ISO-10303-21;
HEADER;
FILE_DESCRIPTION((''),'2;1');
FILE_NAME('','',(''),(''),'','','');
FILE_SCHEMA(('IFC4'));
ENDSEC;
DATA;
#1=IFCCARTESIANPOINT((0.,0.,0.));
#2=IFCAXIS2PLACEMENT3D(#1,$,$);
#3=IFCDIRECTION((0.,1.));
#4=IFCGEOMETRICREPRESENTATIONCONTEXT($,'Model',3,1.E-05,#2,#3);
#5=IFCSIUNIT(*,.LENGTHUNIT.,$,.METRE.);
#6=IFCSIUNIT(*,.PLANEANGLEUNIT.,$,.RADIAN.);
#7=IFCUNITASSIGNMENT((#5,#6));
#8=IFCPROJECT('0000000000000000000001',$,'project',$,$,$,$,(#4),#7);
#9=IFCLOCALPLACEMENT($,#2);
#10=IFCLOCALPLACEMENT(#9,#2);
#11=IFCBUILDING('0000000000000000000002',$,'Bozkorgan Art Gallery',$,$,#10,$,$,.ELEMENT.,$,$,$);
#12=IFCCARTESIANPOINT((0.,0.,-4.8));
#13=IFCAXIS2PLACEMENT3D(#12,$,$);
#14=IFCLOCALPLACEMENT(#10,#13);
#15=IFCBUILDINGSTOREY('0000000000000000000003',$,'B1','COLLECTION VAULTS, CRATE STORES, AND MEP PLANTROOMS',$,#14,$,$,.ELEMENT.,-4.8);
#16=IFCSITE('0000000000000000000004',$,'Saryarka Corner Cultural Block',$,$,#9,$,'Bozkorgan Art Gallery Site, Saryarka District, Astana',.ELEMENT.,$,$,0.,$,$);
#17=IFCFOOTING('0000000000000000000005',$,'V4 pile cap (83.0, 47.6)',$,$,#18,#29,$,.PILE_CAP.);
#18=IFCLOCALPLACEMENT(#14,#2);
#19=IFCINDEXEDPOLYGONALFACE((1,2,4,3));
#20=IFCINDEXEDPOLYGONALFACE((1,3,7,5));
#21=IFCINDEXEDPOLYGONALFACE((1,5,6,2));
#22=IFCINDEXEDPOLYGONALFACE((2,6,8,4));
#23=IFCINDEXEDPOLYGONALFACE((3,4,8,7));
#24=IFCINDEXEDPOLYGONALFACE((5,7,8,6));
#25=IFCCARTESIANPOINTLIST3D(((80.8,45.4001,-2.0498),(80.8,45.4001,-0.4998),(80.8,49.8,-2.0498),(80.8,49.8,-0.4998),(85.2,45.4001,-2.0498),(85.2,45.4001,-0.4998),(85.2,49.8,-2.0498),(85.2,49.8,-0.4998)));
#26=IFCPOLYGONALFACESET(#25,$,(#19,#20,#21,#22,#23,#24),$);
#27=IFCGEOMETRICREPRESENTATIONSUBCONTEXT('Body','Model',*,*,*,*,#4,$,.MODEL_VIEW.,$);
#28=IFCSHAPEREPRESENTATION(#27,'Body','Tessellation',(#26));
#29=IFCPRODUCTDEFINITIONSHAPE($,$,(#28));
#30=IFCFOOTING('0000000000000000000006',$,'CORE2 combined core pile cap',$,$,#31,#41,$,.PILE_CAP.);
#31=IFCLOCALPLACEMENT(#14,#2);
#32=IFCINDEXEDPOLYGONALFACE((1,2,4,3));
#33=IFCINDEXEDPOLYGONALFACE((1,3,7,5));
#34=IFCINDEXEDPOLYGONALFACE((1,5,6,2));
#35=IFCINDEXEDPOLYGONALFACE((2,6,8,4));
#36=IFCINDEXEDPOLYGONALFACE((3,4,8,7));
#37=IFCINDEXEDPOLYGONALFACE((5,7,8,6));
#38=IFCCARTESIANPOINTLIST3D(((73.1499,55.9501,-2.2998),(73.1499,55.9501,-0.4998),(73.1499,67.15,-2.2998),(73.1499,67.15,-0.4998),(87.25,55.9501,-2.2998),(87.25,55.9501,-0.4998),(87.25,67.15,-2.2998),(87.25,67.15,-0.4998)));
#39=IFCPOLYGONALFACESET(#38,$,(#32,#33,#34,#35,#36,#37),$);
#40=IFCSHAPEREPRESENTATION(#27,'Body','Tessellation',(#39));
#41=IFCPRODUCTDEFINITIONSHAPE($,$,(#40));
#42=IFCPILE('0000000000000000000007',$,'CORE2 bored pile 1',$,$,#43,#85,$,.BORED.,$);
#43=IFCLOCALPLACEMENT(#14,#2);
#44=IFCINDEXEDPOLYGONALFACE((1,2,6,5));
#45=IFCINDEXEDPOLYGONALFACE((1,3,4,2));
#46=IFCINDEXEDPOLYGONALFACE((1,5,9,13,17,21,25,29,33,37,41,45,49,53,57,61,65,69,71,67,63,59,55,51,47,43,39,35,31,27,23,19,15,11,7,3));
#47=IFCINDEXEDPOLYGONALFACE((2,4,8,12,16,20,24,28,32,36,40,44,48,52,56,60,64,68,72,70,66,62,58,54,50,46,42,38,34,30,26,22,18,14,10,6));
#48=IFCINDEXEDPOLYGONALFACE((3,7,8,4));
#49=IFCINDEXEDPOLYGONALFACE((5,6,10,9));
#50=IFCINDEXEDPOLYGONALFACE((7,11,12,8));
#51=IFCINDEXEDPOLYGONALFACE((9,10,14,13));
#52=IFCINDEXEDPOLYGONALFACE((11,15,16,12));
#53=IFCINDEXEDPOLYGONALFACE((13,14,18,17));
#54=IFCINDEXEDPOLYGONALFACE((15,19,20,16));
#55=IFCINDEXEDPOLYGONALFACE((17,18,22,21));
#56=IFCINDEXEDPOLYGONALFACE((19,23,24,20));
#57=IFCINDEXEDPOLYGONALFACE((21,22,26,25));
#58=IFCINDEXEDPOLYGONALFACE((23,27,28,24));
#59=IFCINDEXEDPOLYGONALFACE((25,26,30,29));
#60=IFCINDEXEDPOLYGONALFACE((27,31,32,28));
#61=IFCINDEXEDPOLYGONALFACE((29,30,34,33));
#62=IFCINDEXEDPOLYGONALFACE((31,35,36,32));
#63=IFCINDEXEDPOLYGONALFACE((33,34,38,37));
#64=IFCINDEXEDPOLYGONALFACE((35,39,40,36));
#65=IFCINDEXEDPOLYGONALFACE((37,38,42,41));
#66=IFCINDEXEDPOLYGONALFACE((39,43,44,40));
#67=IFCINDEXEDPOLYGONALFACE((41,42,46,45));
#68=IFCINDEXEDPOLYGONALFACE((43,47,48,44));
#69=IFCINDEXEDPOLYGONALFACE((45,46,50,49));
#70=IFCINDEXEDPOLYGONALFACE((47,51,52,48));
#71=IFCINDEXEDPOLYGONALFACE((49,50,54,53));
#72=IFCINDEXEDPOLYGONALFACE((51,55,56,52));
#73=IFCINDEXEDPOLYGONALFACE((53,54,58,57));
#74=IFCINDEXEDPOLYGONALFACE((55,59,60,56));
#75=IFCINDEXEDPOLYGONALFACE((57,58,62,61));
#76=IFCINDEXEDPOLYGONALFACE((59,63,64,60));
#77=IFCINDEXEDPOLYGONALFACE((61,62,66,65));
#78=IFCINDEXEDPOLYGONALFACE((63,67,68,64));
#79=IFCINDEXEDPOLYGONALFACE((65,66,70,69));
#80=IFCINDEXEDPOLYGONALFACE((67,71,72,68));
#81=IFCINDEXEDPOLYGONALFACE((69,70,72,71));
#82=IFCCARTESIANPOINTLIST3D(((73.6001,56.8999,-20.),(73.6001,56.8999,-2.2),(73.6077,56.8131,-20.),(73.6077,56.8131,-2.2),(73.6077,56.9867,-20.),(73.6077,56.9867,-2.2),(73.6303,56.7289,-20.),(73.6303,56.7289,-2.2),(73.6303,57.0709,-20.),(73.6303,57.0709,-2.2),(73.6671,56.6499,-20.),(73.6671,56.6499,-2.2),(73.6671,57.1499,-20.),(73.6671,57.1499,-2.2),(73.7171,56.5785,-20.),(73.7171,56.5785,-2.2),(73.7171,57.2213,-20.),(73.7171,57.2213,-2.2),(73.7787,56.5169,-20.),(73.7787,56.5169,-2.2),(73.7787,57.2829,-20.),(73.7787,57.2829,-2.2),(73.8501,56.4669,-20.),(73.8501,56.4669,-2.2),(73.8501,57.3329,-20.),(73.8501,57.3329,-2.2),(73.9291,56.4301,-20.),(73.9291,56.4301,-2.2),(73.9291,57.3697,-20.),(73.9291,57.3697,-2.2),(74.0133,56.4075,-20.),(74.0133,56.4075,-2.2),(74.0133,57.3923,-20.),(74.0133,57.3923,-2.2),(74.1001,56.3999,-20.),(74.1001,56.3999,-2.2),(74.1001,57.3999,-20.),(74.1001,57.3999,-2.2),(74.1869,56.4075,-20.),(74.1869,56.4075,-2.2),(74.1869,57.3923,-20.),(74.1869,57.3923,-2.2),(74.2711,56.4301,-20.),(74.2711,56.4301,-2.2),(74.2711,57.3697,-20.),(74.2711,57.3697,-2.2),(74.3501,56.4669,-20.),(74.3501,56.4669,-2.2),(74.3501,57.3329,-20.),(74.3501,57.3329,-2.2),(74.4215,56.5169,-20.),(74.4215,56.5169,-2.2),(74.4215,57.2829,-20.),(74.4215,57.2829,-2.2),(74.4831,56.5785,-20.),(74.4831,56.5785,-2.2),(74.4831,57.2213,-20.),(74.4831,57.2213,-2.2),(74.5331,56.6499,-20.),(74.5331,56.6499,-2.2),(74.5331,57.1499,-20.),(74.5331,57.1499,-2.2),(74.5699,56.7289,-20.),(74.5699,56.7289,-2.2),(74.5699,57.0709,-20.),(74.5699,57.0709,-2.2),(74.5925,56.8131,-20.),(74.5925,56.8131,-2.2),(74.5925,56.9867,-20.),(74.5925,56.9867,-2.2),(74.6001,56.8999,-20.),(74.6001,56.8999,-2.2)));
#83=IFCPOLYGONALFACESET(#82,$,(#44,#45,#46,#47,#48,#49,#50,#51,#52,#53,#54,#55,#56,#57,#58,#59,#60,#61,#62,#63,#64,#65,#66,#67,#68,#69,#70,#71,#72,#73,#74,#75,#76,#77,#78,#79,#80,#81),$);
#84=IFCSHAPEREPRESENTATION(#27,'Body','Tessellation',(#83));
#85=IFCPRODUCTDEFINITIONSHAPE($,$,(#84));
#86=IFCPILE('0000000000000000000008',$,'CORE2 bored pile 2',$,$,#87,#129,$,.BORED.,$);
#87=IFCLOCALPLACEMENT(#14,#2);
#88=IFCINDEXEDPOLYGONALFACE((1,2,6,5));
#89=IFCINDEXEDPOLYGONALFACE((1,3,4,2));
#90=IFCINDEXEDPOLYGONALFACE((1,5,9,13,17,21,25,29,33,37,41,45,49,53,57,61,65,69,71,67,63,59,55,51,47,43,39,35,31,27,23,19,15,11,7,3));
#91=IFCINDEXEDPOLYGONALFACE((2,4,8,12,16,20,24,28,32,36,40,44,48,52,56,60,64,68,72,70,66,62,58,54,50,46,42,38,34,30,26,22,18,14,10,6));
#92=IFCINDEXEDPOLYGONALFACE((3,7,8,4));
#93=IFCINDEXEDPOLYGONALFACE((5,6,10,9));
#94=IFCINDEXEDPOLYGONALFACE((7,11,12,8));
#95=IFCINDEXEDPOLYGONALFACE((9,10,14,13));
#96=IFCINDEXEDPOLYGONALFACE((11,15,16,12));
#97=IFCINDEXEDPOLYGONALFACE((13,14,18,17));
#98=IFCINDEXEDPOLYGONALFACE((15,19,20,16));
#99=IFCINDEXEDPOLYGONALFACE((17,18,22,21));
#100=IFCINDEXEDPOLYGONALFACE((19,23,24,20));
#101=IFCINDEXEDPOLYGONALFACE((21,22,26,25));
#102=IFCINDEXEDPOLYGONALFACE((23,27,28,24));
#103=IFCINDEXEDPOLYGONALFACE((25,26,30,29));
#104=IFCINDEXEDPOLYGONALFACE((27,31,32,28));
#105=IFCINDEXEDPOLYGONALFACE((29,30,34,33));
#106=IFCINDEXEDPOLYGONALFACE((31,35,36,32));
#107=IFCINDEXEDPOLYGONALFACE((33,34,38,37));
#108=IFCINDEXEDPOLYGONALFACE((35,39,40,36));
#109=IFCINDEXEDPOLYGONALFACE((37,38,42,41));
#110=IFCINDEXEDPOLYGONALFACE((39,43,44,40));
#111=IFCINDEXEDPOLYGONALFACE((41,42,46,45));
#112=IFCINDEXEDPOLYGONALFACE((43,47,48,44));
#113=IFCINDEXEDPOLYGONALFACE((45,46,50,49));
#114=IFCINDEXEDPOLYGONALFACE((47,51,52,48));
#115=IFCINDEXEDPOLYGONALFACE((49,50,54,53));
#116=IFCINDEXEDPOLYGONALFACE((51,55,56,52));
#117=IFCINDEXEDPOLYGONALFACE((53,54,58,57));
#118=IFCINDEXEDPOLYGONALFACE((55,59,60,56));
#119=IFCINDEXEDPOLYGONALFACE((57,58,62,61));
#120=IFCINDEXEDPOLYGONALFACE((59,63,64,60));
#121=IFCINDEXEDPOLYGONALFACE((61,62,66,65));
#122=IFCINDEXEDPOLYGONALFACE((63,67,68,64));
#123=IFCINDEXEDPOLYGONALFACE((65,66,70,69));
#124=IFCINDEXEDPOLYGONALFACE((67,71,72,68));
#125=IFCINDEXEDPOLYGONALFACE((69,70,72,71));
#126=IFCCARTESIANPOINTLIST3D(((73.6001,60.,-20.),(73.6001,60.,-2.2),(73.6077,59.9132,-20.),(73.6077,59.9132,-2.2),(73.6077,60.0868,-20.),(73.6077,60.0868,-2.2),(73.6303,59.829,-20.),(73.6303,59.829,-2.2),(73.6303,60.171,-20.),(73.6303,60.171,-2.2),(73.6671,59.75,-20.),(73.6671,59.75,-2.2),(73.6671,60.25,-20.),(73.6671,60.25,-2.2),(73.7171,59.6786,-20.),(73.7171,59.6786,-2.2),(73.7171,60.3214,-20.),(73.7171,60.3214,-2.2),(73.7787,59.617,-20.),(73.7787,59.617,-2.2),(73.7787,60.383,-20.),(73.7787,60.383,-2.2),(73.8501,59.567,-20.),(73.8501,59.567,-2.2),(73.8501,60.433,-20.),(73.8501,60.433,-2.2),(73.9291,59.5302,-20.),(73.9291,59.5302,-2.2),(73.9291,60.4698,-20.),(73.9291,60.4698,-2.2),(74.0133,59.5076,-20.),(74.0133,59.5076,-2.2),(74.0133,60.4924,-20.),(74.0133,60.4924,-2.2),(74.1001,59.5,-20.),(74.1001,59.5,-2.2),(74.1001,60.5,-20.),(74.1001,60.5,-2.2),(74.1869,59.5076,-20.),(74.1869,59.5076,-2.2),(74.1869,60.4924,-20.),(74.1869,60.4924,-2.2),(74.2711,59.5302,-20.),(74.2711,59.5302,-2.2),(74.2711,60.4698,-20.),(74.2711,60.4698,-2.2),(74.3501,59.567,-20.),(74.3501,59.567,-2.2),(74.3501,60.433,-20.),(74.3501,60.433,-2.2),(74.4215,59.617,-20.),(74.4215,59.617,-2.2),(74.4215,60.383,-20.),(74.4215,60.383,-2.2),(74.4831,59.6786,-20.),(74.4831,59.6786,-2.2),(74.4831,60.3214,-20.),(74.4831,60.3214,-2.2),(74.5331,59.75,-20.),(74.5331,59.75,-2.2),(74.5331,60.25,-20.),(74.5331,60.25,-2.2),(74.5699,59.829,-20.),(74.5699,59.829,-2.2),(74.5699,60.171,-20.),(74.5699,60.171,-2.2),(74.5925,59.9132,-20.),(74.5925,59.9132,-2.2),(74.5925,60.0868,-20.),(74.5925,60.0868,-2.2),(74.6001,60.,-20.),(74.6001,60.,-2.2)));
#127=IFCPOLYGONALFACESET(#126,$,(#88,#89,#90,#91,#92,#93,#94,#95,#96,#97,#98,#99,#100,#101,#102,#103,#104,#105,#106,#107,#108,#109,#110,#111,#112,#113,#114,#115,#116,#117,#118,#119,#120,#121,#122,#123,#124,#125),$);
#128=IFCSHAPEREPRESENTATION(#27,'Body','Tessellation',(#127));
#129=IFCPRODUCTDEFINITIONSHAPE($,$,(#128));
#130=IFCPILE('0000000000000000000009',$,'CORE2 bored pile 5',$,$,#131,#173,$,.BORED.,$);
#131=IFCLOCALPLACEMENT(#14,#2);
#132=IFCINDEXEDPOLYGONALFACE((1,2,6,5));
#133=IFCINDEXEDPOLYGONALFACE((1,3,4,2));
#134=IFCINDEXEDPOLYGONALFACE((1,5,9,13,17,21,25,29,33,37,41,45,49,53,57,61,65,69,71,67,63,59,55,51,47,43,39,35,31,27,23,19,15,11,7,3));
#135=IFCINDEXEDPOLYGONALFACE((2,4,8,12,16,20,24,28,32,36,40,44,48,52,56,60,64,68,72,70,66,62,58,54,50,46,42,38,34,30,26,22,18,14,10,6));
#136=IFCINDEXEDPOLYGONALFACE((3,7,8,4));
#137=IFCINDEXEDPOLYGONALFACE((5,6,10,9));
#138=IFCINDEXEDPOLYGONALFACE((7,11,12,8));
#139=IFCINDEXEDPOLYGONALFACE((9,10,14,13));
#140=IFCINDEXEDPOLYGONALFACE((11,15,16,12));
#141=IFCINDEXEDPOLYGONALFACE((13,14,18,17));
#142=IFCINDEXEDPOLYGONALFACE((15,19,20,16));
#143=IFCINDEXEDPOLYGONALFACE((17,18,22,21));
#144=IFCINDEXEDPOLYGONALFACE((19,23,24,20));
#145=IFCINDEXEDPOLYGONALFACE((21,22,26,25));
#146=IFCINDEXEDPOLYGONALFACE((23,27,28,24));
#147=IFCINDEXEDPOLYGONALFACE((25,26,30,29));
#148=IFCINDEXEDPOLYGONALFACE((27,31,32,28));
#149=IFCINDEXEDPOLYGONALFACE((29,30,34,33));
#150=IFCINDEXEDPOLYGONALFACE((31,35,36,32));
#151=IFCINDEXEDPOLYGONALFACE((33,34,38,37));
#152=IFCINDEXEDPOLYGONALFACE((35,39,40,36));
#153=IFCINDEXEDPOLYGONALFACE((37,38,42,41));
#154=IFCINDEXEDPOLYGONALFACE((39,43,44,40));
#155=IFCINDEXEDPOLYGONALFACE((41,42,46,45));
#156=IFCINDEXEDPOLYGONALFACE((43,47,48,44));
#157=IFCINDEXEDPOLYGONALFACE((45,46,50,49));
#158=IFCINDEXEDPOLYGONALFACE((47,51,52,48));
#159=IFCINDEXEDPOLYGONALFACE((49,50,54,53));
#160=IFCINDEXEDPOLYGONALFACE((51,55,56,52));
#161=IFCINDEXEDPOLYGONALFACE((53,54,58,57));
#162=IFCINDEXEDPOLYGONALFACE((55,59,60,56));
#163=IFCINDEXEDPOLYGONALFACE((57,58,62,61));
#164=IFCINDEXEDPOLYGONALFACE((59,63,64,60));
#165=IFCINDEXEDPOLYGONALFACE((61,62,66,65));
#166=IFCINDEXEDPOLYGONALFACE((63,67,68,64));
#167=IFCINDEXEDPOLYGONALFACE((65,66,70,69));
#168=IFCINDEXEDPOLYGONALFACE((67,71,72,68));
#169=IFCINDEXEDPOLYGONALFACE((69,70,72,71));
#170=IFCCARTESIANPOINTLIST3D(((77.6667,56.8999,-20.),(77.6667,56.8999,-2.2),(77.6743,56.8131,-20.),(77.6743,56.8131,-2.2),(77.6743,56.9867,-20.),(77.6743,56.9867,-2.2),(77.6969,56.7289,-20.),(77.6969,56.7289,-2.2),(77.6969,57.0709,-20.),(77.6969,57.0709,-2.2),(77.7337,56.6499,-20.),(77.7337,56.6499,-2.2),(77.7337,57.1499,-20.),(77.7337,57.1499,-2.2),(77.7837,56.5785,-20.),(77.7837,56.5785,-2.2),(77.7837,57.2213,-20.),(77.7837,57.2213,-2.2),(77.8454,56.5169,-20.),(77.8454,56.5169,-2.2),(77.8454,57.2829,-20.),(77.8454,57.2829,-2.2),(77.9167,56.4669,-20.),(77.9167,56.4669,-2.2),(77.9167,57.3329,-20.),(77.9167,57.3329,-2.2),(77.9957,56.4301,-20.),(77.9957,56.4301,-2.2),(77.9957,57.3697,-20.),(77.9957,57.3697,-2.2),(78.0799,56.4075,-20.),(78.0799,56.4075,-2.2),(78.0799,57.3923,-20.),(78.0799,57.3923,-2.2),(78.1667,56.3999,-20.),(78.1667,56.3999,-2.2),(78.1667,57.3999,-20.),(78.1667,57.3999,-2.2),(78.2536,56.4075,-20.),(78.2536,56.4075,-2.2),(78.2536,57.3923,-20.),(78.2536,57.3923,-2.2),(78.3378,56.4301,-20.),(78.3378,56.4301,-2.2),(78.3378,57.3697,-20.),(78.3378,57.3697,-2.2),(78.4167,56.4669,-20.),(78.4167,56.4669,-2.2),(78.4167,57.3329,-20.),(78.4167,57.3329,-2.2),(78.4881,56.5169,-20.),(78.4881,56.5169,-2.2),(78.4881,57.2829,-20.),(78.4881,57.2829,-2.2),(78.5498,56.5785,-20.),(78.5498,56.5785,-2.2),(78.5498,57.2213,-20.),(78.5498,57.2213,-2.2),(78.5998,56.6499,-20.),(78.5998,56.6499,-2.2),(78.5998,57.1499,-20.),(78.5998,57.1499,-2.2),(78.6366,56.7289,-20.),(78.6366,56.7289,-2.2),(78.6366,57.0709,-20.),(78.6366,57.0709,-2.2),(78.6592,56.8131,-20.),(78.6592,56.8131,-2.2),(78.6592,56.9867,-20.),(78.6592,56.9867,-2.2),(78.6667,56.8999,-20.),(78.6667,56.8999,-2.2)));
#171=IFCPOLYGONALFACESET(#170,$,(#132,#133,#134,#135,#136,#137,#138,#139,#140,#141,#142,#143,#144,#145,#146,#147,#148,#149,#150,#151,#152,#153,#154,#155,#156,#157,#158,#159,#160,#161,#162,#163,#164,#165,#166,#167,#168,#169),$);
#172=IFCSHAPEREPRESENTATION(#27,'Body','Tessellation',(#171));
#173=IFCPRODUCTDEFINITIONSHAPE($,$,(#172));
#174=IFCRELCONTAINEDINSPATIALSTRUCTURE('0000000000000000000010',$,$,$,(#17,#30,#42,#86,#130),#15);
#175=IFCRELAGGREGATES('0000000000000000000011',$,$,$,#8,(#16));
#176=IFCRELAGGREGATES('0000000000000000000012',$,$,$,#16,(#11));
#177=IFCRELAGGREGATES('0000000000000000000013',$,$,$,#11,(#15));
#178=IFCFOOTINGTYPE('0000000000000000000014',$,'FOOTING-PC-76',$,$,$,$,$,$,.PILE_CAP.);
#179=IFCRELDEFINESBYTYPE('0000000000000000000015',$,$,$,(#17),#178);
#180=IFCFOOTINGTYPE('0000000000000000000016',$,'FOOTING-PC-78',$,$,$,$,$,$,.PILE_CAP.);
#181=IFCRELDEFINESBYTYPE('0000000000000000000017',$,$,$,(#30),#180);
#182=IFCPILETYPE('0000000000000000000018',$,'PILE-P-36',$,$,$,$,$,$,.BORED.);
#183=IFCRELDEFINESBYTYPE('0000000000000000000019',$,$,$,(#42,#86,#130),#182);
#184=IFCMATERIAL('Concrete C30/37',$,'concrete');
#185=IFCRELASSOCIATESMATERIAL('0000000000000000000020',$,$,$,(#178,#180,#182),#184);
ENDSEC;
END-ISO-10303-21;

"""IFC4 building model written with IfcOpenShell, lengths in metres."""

from ifc_helpers import new_model, si_unit, direction, frame, origin, origin_2d, place, context, subcontext, project, spatial, rectangle, circle, extrude, material, material_profile, profile_set, type_object, element, save


model = new_model("IFC4")

# Units and contexts
model_context = context("Model", 3, precision=1e-05, world=origin(), true_north=direction((0.0, 1.0)))
body_context = subcontext(model_context, "Body", "Model", "MODEL_VIEW")
ifc_project = project(units=[si_unit("LENGTHUNIT", "METRE"), si_unit("PLANEANGLEUNIT", "RADIAN")], contexts=[model_context])

# Site, building, storey
site_placement = place(None, origin())
site = spatial("IfcSite", under=ifc_project, at=site_placement, Name="Saryarka Corner Cultural Block", LongName="Bozkorgan Art Gallery Site, Saryarka District, Astana", CompositionType="ELEMENT", RefElevation=0.0)
building_placement = place(site_placement, origin())
building = spatial("IfcBuilding", under=site, at=building_placement, Name="Bozkorgan Art Gallery", CompositionType="ELEMENT")
storey_placement = place(building_placement, frame((0.0, 0.0, -4.8)))
storey = spatial("IfcBuildingStorey", under=building, at=storey_placement, Name="B1", Description="COLLECTION VAULTS, CRATE STORES, AND MEP PLANTROOMS", CompositionType="ELEMENT", Elevation=-4.8)

# Footings
ifc_material_1 = material(Name="Concrete C30/37", Category="concrete")
footing_type_1 = type_object("IfcFootingType", Name="FOOTING-PC-76", PredefinedType="PILE_CAP", material=ifc_material_1)
footing_1_placement = place(storey_placement, frame((83.0, 47.6001, -2.0498), z_axis=(0.0, 0.0, 1.0), x_axis=(1.0, 0.0, 0.0)))
element("IfcFooting", 1, at=footing_1_placement, inside=storey, type_object=footing_type_1, Name="V4 pile cap (83.0, 47.6)", PredefinedType="PILE_CAP", context=body_context, shape_type="SweptSolid", body=[
    extrude(rectangle(XDim=4.3999, YDim=4.3999, at=origin_2d()), origin(), (0.0, 0.0, 1.0), 1.55),
])
footing_type_2 = type_object("IfcFootingType", Name="FOOTING-PC-78", PredefinedType="PILE_CAP", material=ifc_material_1)
footing_2_placement = place(storey_placement, frame((80.2, 61.55, -2.2998), z_axis=(0.0, 0.0, 1.0), x_axis=(1.0, 0.0, 0.0)))
element("IfcFooting", 2, at=footing_2_placement, inside=storey, type_object=footing_type_2, Name="CORE2 combined core pile cap", PredefinedType="PILE_CAP", context=body_context, shape_type="SweptSolid", body=[
    extrude(rectangle(XDim=14.1001, YDim=11.2, at=origin_2d()), origin(), (0.0, 0.0, 1.0), 1.8),
])

# Piles
ifc_material_profile_1 = material_profile(ifc_material_1, circle(Radius=0.5, at=origin_2d()), Name="PILE D1000")
ifc_profile_set_1 = profile_set([ifc_material_profile_1], Name="Concrete C30/37")
pile_type = type_object("IfcPileType", Name="PILE-P-36", PredefinedType="BORED", material=ifc_profile_set_1)
for number, where, z_axis, x_axis, name in (
    (3, (74.1001, 56.8999, -2.2), (0.0, 0.0, -1.0), (1.0, 0.0, 0.0), "CORE2 bored pile 1"),
    (4, (74.1001, 60.0, -2.2), (0.0, 0.0, -1.0), (1.0, 0.0, 0.0), "CORE2 bored pile 2"),
    (5, (78.1667, 56.8999, -2.2), (0.0, 0.0, -1.0), (1.0, 0.0, 0.0), "CORE2 bored pile 5"),
):
    element("IfcPile", number, at=place(storey_placement, frame(where, z_axis=z_axis, x_axis=x_axis)), inside=storey, type_object=pile_type, Name=name, PredefinedType="BORED", context=body_context, shape_type="SweptSolid", body=[
        extrude(circle(Radius=0.5, at=origin_2d()), origin(), (0.0, 0.0, 1.0), 17.8),
    ])

save(model, "model.ifc")
